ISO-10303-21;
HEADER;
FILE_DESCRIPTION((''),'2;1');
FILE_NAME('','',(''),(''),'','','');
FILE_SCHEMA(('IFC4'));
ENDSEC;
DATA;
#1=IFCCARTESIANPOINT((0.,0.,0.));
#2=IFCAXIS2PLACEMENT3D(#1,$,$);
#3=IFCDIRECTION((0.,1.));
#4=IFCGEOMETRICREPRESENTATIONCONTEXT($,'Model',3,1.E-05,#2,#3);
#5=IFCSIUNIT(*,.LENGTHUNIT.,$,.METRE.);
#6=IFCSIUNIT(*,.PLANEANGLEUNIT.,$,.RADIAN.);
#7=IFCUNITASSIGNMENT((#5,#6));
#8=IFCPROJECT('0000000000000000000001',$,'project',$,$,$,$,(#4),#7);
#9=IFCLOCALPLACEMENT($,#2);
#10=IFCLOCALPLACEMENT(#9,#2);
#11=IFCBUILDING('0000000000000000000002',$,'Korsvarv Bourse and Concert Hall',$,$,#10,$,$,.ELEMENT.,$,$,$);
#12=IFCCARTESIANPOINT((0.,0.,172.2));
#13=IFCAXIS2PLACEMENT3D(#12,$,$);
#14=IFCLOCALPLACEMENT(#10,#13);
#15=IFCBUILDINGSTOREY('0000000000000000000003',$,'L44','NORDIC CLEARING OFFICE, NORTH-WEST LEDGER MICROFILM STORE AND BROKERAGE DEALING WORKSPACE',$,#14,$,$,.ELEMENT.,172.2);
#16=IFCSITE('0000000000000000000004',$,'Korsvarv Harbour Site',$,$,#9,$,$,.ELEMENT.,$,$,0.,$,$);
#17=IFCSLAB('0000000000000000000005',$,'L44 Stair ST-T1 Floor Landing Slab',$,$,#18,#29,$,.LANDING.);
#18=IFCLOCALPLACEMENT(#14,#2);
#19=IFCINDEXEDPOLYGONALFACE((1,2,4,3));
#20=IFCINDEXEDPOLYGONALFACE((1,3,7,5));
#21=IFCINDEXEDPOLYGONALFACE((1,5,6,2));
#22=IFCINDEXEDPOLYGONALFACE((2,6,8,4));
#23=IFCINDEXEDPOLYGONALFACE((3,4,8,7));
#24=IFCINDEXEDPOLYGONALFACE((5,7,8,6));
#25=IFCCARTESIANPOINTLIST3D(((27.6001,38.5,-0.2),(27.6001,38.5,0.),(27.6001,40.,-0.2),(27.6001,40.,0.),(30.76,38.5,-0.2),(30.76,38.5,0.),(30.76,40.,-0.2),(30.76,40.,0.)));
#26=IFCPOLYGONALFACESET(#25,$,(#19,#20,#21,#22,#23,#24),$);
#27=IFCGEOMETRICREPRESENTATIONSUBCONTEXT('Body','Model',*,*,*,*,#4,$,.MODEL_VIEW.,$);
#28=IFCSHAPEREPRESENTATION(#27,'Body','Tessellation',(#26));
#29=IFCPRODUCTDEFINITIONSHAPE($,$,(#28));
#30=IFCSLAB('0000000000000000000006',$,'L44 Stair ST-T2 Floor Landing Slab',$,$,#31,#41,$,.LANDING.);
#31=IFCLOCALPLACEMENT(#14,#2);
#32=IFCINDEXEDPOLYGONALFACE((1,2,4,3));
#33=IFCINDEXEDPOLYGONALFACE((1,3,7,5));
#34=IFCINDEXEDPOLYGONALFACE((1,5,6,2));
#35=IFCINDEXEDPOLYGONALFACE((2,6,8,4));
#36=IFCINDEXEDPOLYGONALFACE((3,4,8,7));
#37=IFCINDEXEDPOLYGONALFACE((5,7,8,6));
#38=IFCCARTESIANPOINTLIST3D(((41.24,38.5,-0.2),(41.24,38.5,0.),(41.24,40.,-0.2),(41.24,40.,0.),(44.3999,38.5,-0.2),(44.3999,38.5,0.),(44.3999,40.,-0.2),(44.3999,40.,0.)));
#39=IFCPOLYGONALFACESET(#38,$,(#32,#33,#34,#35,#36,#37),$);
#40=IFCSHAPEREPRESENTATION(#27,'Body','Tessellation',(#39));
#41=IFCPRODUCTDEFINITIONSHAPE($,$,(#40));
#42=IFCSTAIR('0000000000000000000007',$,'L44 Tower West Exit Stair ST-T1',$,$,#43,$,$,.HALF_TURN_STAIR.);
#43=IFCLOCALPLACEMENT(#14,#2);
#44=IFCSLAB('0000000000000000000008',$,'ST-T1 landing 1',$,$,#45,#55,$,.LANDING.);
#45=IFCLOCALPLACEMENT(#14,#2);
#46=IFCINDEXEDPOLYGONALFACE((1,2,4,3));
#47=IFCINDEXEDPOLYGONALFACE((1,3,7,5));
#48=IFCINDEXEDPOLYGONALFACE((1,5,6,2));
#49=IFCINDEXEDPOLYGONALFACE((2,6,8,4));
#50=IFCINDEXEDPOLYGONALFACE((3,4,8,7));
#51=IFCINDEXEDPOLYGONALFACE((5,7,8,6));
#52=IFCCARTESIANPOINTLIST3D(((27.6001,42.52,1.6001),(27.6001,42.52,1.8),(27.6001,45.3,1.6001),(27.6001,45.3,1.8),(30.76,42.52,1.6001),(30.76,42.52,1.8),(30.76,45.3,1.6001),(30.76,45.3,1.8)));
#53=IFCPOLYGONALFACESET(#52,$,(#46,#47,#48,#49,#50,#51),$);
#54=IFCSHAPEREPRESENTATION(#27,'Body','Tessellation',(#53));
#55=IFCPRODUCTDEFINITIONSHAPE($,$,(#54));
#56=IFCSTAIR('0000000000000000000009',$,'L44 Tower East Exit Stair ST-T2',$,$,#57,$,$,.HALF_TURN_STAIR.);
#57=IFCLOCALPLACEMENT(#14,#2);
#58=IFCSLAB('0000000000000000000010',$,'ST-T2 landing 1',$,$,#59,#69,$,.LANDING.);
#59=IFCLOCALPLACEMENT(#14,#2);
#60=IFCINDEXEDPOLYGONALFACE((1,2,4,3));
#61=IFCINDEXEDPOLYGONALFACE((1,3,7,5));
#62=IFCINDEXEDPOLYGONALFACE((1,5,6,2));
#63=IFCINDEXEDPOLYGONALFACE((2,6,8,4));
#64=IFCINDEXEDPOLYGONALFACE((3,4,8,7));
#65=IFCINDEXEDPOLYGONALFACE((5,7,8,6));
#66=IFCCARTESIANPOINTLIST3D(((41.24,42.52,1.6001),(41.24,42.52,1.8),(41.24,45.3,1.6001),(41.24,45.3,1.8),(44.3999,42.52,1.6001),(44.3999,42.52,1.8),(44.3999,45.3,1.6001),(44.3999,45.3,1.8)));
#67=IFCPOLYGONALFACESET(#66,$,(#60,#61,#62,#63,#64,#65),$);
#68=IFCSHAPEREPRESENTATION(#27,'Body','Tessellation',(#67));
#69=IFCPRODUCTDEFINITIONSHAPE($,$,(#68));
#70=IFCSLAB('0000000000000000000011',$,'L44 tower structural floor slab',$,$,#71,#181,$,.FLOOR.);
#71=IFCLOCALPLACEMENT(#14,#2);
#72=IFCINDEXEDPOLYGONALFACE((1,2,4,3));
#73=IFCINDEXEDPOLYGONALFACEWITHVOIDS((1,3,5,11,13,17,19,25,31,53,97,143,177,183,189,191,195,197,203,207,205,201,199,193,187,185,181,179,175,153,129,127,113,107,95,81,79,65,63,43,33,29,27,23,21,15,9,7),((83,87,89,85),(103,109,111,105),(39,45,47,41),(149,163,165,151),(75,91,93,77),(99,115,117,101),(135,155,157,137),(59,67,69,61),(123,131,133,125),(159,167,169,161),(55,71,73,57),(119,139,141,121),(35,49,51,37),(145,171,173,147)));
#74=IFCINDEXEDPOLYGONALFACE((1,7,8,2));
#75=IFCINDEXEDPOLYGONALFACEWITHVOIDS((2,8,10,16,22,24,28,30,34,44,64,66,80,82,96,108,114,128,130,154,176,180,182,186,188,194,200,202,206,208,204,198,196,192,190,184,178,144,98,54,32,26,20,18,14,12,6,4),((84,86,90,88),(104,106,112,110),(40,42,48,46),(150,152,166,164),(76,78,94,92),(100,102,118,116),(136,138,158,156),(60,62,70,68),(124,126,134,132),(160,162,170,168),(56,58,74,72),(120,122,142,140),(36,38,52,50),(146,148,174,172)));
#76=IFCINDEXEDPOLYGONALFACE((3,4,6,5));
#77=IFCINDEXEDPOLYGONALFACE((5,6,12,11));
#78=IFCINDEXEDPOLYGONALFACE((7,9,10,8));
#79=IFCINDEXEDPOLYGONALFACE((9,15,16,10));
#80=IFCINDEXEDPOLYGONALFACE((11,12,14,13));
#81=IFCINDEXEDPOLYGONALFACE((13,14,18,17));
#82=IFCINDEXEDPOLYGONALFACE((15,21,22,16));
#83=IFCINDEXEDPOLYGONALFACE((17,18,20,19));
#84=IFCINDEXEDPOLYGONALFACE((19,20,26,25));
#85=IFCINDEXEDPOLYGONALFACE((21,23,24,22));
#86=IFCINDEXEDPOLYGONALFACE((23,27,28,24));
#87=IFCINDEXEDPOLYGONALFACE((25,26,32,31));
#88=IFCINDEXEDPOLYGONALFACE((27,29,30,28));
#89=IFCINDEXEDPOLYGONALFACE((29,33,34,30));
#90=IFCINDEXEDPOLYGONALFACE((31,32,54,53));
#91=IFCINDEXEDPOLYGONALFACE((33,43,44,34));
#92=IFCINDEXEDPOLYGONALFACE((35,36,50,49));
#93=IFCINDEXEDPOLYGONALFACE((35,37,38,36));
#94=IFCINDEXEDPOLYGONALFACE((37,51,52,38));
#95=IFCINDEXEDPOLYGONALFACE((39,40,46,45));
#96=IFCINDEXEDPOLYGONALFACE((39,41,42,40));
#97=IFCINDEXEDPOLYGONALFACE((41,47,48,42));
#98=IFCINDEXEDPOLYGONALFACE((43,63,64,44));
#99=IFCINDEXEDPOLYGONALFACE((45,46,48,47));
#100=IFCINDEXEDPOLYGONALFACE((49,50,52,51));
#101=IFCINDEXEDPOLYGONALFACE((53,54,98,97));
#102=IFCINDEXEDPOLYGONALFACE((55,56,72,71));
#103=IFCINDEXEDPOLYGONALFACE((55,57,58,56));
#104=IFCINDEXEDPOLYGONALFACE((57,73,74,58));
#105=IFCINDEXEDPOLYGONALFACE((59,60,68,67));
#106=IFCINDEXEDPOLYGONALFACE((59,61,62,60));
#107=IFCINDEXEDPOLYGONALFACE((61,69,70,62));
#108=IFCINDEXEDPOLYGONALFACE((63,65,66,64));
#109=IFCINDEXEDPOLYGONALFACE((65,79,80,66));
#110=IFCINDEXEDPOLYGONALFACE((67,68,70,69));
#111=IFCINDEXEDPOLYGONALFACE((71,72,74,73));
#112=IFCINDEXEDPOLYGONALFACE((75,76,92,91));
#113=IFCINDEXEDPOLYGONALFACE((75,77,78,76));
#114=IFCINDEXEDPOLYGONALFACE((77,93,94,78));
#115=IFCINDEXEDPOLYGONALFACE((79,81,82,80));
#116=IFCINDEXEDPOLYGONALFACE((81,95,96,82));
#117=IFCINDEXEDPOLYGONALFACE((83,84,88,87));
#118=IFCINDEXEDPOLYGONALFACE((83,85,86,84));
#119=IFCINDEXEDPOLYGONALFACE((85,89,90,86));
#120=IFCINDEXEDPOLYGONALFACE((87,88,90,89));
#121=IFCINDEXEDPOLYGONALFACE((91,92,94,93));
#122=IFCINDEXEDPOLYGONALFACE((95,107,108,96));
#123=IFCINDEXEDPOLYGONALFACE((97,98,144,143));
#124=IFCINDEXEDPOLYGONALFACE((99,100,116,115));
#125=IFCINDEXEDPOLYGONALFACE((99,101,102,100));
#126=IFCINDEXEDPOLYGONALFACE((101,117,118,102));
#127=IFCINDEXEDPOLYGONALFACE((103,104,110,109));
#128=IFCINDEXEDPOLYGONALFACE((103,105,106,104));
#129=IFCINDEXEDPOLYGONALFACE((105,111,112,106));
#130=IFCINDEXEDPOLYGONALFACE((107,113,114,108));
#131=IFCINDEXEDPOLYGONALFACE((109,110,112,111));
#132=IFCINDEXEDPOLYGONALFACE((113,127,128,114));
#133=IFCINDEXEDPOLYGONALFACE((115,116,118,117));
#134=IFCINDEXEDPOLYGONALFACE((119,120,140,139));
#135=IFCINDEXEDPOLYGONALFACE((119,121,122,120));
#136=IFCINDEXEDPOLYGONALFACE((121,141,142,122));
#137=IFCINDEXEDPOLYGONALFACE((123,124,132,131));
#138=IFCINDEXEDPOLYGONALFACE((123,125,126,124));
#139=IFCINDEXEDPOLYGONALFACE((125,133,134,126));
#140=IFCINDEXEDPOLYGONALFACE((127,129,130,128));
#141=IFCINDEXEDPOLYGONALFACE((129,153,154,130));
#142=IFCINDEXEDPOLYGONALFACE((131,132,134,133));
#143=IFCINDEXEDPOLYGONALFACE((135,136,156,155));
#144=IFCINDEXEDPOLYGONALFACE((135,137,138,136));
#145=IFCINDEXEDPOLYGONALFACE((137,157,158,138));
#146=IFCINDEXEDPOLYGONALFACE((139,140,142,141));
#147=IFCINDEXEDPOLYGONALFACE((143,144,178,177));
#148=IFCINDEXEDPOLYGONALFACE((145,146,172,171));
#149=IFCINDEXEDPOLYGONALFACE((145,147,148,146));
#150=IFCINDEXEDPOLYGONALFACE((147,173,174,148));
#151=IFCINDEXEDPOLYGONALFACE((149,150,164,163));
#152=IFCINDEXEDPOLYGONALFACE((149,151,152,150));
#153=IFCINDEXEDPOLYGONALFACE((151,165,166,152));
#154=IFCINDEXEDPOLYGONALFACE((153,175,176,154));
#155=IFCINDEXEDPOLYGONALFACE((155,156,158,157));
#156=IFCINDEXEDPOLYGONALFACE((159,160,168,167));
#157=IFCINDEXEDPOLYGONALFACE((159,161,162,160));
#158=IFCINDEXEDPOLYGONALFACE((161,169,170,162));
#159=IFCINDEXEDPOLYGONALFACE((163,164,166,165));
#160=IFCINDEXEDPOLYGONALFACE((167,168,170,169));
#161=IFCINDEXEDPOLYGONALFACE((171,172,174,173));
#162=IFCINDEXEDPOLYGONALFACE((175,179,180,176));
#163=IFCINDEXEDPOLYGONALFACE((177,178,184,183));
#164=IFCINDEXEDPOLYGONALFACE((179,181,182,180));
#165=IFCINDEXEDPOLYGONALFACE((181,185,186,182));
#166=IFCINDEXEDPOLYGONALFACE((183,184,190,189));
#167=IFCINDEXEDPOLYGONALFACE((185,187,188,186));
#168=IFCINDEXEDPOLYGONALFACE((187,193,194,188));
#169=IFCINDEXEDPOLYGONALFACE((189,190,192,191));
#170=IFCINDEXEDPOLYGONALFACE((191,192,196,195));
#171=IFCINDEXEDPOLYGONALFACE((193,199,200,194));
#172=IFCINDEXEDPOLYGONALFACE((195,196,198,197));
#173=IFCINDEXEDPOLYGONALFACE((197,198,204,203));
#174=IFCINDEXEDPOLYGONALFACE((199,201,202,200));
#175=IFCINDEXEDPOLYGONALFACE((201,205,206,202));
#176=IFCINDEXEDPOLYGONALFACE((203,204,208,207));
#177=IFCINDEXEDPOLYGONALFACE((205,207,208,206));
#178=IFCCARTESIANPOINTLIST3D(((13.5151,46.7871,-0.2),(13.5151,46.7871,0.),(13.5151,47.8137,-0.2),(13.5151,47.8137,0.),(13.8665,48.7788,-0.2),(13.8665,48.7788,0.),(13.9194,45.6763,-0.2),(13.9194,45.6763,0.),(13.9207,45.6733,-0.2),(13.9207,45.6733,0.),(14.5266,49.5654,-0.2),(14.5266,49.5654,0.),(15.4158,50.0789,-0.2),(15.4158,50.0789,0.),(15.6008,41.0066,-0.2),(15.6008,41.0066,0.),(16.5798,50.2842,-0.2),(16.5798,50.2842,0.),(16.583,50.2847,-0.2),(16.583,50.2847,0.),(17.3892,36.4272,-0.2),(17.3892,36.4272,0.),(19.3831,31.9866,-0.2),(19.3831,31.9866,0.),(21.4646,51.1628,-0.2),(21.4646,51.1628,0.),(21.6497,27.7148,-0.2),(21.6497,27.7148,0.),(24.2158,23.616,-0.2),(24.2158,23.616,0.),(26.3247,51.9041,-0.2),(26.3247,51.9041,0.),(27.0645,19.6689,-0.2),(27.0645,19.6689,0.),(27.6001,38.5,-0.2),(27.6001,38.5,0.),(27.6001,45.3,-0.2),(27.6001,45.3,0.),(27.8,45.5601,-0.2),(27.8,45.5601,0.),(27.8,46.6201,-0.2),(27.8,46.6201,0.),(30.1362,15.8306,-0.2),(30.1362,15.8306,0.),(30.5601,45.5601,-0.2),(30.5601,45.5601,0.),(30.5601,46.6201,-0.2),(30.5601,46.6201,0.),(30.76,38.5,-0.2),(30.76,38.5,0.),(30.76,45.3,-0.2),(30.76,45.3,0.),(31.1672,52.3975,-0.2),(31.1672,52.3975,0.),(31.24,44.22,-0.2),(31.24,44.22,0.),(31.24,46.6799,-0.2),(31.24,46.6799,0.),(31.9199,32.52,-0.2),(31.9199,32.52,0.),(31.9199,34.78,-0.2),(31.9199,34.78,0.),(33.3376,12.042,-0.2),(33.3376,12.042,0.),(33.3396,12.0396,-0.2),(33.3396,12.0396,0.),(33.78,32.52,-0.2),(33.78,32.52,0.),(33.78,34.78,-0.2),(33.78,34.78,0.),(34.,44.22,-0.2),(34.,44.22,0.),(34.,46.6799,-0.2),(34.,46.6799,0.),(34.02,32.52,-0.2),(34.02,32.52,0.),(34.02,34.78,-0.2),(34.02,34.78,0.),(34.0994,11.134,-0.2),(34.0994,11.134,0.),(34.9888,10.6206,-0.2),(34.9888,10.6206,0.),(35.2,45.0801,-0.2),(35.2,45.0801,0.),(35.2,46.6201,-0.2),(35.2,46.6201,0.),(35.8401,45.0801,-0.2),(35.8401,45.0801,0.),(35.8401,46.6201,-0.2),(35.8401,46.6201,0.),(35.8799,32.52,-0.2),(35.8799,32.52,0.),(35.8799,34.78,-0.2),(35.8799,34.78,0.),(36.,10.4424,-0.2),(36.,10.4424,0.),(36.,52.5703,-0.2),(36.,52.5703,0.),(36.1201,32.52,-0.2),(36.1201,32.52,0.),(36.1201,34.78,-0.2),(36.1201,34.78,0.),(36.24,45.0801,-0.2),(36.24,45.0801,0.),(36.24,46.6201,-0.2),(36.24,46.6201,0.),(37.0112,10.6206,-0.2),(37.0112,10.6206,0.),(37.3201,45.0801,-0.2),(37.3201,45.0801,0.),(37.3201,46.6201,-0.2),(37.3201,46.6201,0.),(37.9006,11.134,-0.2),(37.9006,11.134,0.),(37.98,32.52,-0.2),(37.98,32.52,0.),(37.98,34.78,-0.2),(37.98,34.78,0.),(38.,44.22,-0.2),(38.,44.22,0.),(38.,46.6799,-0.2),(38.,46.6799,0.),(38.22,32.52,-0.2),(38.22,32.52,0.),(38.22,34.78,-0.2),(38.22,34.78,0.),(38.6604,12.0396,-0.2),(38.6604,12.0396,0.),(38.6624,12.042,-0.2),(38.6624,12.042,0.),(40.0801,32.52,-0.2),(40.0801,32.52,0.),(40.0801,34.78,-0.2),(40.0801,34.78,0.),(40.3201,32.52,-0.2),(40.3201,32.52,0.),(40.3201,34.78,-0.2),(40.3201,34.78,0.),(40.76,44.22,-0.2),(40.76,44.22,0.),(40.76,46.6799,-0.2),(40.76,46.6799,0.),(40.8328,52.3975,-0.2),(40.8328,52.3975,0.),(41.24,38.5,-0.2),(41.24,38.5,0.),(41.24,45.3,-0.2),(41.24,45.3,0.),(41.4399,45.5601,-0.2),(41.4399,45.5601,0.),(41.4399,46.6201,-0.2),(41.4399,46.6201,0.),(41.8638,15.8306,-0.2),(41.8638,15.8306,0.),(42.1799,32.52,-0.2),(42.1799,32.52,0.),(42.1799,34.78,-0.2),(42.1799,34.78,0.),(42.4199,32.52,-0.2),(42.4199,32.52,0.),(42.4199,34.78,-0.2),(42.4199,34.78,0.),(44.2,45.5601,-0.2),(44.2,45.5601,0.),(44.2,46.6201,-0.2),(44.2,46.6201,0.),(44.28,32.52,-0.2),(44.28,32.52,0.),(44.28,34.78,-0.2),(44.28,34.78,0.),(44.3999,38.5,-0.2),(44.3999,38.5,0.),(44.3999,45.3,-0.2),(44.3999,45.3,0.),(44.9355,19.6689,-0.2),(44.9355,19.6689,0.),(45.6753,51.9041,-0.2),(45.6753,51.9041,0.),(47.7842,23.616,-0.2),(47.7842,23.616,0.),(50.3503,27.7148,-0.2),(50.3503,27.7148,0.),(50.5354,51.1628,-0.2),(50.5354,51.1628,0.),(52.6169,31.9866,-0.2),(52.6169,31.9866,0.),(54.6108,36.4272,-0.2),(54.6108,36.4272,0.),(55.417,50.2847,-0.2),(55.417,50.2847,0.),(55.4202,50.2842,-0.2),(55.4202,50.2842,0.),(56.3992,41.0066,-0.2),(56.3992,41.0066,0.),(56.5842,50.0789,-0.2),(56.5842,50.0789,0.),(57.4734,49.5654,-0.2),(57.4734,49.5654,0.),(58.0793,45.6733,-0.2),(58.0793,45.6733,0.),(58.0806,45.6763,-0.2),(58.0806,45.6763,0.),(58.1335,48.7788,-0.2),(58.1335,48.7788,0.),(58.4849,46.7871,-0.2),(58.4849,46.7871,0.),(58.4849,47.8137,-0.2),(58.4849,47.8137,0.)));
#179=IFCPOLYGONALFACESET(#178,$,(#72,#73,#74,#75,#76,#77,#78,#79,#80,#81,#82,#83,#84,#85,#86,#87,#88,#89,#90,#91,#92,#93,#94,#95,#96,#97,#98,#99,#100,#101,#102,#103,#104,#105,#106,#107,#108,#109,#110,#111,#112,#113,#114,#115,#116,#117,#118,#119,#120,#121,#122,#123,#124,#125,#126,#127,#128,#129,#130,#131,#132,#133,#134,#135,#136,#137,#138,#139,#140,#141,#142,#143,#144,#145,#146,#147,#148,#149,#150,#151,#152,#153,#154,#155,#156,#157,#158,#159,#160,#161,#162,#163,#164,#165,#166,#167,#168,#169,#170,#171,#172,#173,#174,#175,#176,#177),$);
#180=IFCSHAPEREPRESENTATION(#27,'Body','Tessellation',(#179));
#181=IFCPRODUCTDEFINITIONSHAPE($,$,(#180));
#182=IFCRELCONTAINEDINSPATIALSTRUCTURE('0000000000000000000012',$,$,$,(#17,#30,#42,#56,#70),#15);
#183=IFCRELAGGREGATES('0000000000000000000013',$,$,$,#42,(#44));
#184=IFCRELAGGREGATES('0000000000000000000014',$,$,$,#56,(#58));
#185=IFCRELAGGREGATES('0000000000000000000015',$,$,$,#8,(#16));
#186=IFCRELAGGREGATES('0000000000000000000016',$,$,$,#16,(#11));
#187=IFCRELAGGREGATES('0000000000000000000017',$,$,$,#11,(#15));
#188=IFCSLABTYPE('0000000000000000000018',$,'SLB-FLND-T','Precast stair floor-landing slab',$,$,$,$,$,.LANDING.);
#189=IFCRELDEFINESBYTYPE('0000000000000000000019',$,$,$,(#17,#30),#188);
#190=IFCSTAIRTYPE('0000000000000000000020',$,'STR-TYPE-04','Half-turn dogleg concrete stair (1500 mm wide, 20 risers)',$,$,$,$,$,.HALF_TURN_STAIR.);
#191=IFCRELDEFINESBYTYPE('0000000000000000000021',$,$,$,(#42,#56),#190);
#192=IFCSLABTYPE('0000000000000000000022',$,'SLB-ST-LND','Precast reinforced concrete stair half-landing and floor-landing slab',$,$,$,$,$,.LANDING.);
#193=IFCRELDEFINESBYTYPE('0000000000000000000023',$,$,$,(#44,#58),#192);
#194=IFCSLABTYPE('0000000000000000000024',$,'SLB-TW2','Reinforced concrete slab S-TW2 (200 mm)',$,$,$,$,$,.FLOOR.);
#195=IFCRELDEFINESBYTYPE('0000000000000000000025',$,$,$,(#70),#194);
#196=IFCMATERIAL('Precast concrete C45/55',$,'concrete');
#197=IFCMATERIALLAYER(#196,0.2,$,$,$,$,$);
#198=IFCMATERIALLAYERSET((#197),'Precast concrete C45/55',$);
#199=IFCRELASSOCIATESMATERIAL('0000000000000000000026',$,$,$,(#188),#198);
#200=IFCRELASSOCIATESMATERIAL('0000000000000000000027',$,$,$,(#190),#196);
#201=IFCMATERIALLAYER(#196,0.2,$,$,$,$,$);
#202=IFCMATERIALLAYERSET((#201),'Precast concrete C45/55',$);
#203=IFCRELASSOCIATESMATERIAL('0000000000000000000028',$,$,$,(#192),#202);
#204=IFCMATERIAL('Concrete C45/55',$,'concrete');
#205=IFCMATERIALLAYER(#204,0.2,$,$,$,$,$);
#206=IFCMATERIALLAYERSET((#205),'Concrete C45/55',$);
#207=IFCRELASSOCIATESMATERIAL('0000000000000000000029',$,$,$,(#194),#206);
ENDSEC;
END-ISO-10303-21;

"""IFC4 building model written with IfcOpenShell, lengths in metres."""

from ifc_helpers import new_model, si_unit, direction, frame, origin, place, context, subcontext, project, spatial, polyline, outline, extrude, material, layer, layer_set, type_object, element, aggregate, save


model = new_model("IFC4")

# Units and contexts
model_context = context("Model", 3, precision=1e-05, world=origin(), true_north=direction((0.0, 1.0)))
body_context = subcontext(model_context, "Body", "Model", "MODEL_VIEW")
ifc_project = project(units=[si_unit("LENGTHUNIT", "METRE"), si_unit("PLANEANGLEUNIT", "RADIAN")], contexts=[model_context])

# Site, building, storey
site_placement = place(None, origin())
site = spatial("IfcSite", under=ifc_project, at=site_placement, Name="Korsvarv Harbour Site", CompositionType="ELEMENT", RefElevation=0.0)
building_placement = place(site_placement, origin())
building = spatial("IfcBuilding", under=site, at=building_placement, Name="Korsvarv Bourse and Concert Hall", CompositionType="ELEMENT")
storey_placement = place(building_placement, frame((0.0, 0.0, 172.2)))
storey = spatial("IfcBuildingStorey", under=building, at=storey_placement, Name="L44", Description="NORDIC CLEARING OFFICE, NORTH-WEST LEDGER MICROFILM STORE AND BROKERAGE DEALING WORKSPACE", CompositionType="ELEMENT", Elevation=172.2)

# Slabs
ifc_material_1 = material(Name="Precast concrete C45/55", Category="concrete")
ifc_layer_1 = layer(ifc_material_1, 0.2)
ifc_layer_set_1 = layer_set([ifc_layer_1], Name="Precast concrete C45/55")
slab_type_1 = type_object("IfcSlabType", Name="SLB-FLND-T", Description="Precast stair floor-landing slab", PredefinedType="LANDING", material=ifc_layer_set_1)
slab_1_placement = place(storey_placement, frame((0.0, 0.0, -0.2)))
element("IfcSlab", 1, at=slab_1_placement, inside=storey, type_object=slab_type_1, Name="L44 Stair ST-T1 Floor Landing Slab", PredefinedType="LANDING", context=body_context, shape_type="SweptSolid", body=[
    extrude(outline(polyline([(30.76, 38.5), (30.76, 40.0), (27.6001, 40.0), (27.6001, 38.5), (30.76, 38.5)])), origin(), (0.0, 0.0, 1.0), 0.2),
])
slab_2_placement = place(storey_placement, frame((0.0, 0.0, -0.2)))
element("IfcSlab", 2, at=slab_2_placement, inside=storey, type_object=slab_type_1, Name="L44 Stair ST-T2 Floor Landing Slab", PredefinedType="LANDING", context=body_context, shape_type="SweptSolid", body=[
    extrude(outline(polyline([(44.3999, 38.5), (44.3999, 40.0), (41.24, 40.0), (41.24, 38.5), (44.3999, 38.5)])), origin(), (0.0, 0.0, 1.0), 0.2),
])

# Stairs, slabs
stair_type = type_object("IfcStairType", Name="STR-TYPE-04", Description="Half-turn dogleg concrete stair (1500 mm wide, 20 risers)", PredefinedType="HALF_TURN_STAIR", material=ifc_material_1)
stair_1_placement = place(storey_placement, origin())
stair_1 = element("IfcStair", 3, at=stair_1_placement, inside=storey, type_object=stair_type, Name="L44 Tower West Exit Stair ST-T1", PredefinedType="HALF_TURN_STAIR")
ifc_layer_2 = layer(ifc_material_1, 0.2)
ifc_layer_set_2 = layer_set([ifc_layer_2], Name="Precast concrete C45/55")
slab_type_2 = type_object("IfcSlabType", Name="SLB-ST-LND", Description="Precast reinforced concrete stair half-landing and floor-landing slab", PredefinedType="LANDING", material=ifc_layer_set_2)
slab_3_placement = place(storey_placement, frame((0.0, 0.0, 1.6001)))
slab_3 = element("IfcSlab", 4, at=slab_3_placement, type_object=slab_type_2, Name="ST-T1 landing 1", PredefinedType="LANDING", context=body_context, shape_type="SweptSolid", body=[
    extrude(outline(polyline([(30.76, 42.52), (30.76, 45.3), (27.6001, 45.3), (27.6001, 42.52), (30.76, 42.52)])), origin(), (0.0, 0.0, 1.0), 0.2),
])
aggregate(stair_1, [slab_3])
stair_2_placement = place(storey_placement, origin())
stair_2 = element("IfcStair", 5, at=stair_2_placement, inside=storey, type_object=stair_type, Name="L44 Tower East Exit Stair ST-T2", PredefinedType="HALF_TURN_STAIR")
slab_4_placement = place(storey_placement, frame((0.0, 0.0, 1.6001)))
slab_4 = element("IfcSlab", 6, at=slab_4_placement, type_object=slab_type_2, Name="ST-T2 landing 1", PredefinedType="LANDING", context=body_context, shape_type="SweptSolid", body=[
    extrude(outline(polyline([(44.3999, 42.52), (44.3999, 45.3), (41.24, 45.3), (41.24, 42.52), (44.3999, 42.52)])), origin(), (0.0, 0.0, 1.0), 0.2),
])
aggregate(stair_2, [slab_4])

# Slab
ifc_material_2 = material(Name="Concrete C45/55", Category="concrete")
ifc_layer_3 = layer(ifc_material_2, 0.2)
ifc_layer_set_3 = layer_set([ifc_layer_3], Name="Concrete C45/55")
slab_type_3 = type_object("IfcSlabType", Name="SLB-TW2", Description="Reinforced concrete slab S-TW2 (200 mm)", PredefinedType="FLOOR", material=ifc_layer_set_3)
slab_5_placement = place(storey_placement, frame((0.0, 0.0, -0.2)))
element("IfcSlab", 7, at=slab_5_placement, inside=storey, type_object=slab_type_3, Name="L44 tower structural floor slab", PredefinedType="FLOOR", context=body_context, shape_type="SweptSolid", body=[
    extrude(outline(polyline([(58.0793, 45.6733), (56.3992, 41.0066), (54.6108, 36.4272), (52.6169, 31.9866), (50.3503, 27.7148), (47.7842, 23.616), (44.9355, 19.6689), (41.8638, 15.8306), (38.6624, 12.042), (38.6604, 12.0396), (37.9006, 11.134), (37.0112, 10.6206), (36.0, 10.4424), (34.9888, 10.6206), (34.0994, 11.134), (33.3396, 12.0396), (33.3376, 12.042), (30.1362, 15.8306), (27.0645, 19.6689), (24.2158, 23.616), (21.6497, 27.7148), (19.3831, 31.9866), (17.3892, 36.4272), (15.6008, 41.0066), (13.9207, 45.6733), (13.9194, 45.6763), (13.5151, 46.7871), (13.5151, 47.8137), (13.8665, 48.7788), (14.5266, 49.5654), (15.4158, 50.0789), (16.5798, 50.2842), (16.583, 50.2847), (21.4646, 51.1628), (26.3247, 51.9041), (31.1672, 52.3975), (36.0, 52.5703), (40.8328, 52.3975), (45.6753, 51.9041), (50.5354, 51.1628), (55.417, 50.2847), (55.4202, 50.2842), (56.5842, 50.0789), (57.4734, 49.5654), (58.1335, 48.7788), (58.4849, 47.8137), (58.4849, 46.7871), (58.0806, 45.6763), (58.0793, 45.6733)]), holes=[polyline([(30.76, 38.5), (30.76, 45.3), (27.6001, 45.3), (27.6001, 38.5), (30.76, 38.5)]), polyline([(44.3999, 38.5), (44.3999, 45.3), (41.24, 45.3), (41.24, 38.5), (44.3999, 38.5)]), polyline([(31.24, 44.22), (34.0, 44.22), (34.0, 46.6799), (31.24, 46.6799), (31.24, 44.22)]), polyline([(38.0, 44.22), (40.76, 44.22), (40.76, 46.6799), (38.0, 46.6799), (38.0, 44.22)]), polyline([(31.9199, 32.52), (33.78, 32.52), (33.78, 34.78), (31.9199, 34.78), (31.9199, 32.52)]), polyline([(34.02, 32.52), (35.8799, 32.52), (35.8799, 34.78), (34.02, 34.78), (34.02, 32.52)]), polyline([(36.1201, 32.52), (37.98, 32.52), (37.98, 34.78), (36.1201, 34.78), (36.1201, 32.52)]), polyline([(38.22, 32.52), (40.0801, 32.52), (40.0801, 34.78), (38.22, 34.78), (38.22, 32.52)]), polyline([(40.3201, 32.52), (42.1799, 32.52), (42.1799, 34.78), (40.3201, 34.78), (40.3201, 32.52)]), polyline([(42.4199, 32.52), (44.28, 32.52), (44.28, 34.78), (42.4199, 34.78), (42.4199, 32.52)]), polyline([(27.8, 45.5601), (30.5601, 45.5601), (30.5601, 46.6201), (27.8, 46.6201), (27.8, 45.5601)]), polyline([(41.4399, 45.5601), (44.2, 45.5601), (44.2, 46.6201), (41.4399, 46.6201), (41.4399, 45.5601)]), polyline([(35.2, 45.0801), (35.8401, 45.0801), (35.8401, 46.6201), (35.2, 46.6201), (35.2, 45.0801)]), polyline([(36.24, 45.0801), (37.3201, 45.0801), (37.3201, 46.6201), (36.24, 46.6201), (36.24, 45.0801)])]), origin(), (0.0, 0.0, 1.0), 0.2),
])

save(model, "model.ifc")
